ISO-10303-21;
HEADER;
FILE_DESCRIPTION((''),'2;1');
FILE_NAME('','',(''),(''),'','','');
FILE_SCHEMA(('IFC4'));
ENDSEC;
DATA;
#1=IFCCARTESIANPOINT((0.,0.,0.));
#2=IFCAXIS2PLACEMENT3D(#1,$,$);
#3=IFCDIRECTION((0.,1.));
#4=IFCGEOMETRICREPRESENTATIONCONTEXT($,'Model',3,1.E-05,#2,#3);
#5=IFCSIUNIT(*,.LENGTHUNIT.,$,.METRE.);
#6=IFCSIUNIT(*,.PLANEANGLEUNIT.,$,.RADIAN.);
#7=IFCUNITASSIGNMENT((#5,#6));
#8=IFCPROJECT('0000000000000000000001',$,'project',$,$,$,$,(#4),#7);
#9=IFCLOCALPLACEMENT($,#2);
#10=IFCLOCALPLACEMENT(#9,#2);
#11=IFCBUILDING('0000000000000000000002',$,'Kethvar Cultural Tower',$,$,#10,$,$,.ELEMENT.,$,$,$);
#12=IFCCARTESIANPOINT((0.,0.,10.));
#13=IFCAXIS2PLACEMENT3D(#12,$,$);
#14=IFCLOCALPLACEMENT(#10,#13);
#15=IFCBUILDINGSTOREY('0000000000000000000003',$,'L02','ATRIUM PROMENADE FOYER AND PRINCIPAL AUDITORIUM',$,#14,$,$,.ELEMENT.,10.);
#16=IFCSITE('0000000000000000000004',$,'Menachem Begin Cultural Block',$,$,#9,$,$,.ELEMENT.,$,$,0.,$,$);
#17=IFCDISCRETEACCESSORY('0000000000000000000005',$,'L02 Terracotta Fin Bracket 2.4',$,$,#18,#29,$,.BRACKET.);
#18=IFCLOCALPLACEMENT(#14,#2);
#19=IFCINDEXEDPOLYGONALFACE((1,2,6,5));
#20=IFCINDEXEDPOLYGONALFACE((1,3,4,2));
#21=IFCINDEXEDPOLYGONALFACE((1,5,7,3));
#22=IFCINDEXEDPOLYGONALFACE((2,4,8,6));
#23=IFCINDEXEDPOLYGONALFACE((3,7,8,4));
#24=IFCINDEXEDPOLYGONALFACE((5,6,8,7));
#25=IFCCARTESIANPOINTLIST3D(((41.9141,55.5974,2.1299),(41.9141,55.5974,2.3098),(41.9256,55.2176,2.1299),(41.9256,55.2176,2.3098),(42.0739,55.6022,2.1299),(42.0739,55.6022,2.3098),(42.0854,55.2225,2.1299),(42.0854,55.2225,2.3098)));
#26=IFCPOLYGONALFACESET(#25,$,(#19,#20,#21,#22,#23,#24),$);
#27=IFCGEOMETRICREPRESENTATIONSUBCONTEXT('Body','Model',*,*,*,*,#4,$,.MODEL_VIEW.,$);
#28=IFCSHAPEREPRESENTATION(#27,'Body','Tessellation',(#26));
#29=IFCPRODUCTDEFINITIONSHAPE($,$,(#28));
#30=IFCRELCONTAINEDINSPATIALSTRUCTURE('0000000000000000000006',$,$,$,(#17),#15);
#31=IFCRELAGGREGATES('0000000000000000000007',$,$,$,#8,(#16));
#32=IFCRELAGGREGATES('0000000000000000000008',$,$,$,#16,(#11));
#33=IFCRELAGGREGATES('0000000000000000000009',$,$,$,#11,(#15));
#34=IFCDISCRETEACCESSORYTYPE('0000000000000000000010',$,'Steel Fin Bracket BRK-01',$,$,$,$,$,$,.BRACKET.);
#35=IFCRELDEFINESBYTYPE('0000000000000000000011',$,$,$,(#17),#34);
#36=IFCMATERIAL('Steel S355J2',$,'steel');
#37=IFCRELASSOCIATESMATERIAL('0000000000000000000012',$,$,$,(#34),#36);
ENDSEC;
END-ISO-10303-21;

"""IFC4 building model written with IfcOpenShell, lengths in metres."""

from ifc_helpers import new_model, si_unit, direction, frame, origin, origin_2d, place, context, subcontext, project, spatial, rectangle, extrude, source, transform, mapped, material, type_object, element, save


model = new_model("IFC4")

# Units and contexts
model_context = context("Model", 3, precision=1e-05, world=origin(), true_north=direction((0.0, 1.0)))
body_context = subcontext(model_context, "Body", "Model", "MODEL_VIEW")
ifc_project = project(units=[si_unit("LENGTHUNIT", "METRE"), si_unit("PLANEANGLEUNIT", "RADIAN")], contexts=[model_context])

# Site, building, storey
site_placement = place(None, origin())
site = spatial("IfcSite", under=ifc_project, at=site_placement, Name="Menachem Begin Cultural Block", CompositionType="ELEMENT", RefElevation=0.0)
building_placement = place(site_placement, origin())
building = spatial("IfcBuilding", under=site, at=building_placement, Name="Kethvar Cultural Tower", CompositionType="ELEMENT")
storey_placement = place(building_placement, frame((0.0, 0.0, 10.0)))
storey = spatial("IfcBuildingStorey", under=building, at=storey_placement, Name="L02", Description="ATRIUM PROMENADE FOYER AND PRINCIPAL AUDITORIUM", CompositionType="ELEMENT", Elevation=10.0)

# Shared definitions
ifc_material_1 = material(Name="Steel S355J2", Category="steel")

# Discrete accessory
discrete_accessory_type = type_object("IfcDiscreteAccessoryType", Name="Steel Fin Bracket BRK-01", PredefinedType="BRACKET", material=ifc_material_1)
shared_shape_1 = source(origin(), body_context, "Body", "SweptSolid", [
    extrude(rectangle(XDim=0.3799, YDim=0.1599, at=origin_2d()), origin(), (0.0, 0.0, 1.0), 0.1799),
])
for number, where, z_axis, x_axis, name in (
    (1, (41.9998, 55.4099, 2.1299), (0.0, 0.0, 1.0), (-0.03019, 0.999544, 0.0), "L02 Terracotta Fin Bracket 2.4"),
):
    element("IfcDiscreteAccessory", number, at=place(storey_placement, frame(where, z_axis=z_axis, x_axis=x_axis)), inside=storey, type_object=discrete_accessory_type, Name=name, PredefinedType="BRACKET", context=body_context, shape_type="MappedRepresentation", body=[
        mapped(shared_shape_1, transform((0.0, 0.0, 0.0), scale=1.0)),
    ])

save(model, "model.ifc")
